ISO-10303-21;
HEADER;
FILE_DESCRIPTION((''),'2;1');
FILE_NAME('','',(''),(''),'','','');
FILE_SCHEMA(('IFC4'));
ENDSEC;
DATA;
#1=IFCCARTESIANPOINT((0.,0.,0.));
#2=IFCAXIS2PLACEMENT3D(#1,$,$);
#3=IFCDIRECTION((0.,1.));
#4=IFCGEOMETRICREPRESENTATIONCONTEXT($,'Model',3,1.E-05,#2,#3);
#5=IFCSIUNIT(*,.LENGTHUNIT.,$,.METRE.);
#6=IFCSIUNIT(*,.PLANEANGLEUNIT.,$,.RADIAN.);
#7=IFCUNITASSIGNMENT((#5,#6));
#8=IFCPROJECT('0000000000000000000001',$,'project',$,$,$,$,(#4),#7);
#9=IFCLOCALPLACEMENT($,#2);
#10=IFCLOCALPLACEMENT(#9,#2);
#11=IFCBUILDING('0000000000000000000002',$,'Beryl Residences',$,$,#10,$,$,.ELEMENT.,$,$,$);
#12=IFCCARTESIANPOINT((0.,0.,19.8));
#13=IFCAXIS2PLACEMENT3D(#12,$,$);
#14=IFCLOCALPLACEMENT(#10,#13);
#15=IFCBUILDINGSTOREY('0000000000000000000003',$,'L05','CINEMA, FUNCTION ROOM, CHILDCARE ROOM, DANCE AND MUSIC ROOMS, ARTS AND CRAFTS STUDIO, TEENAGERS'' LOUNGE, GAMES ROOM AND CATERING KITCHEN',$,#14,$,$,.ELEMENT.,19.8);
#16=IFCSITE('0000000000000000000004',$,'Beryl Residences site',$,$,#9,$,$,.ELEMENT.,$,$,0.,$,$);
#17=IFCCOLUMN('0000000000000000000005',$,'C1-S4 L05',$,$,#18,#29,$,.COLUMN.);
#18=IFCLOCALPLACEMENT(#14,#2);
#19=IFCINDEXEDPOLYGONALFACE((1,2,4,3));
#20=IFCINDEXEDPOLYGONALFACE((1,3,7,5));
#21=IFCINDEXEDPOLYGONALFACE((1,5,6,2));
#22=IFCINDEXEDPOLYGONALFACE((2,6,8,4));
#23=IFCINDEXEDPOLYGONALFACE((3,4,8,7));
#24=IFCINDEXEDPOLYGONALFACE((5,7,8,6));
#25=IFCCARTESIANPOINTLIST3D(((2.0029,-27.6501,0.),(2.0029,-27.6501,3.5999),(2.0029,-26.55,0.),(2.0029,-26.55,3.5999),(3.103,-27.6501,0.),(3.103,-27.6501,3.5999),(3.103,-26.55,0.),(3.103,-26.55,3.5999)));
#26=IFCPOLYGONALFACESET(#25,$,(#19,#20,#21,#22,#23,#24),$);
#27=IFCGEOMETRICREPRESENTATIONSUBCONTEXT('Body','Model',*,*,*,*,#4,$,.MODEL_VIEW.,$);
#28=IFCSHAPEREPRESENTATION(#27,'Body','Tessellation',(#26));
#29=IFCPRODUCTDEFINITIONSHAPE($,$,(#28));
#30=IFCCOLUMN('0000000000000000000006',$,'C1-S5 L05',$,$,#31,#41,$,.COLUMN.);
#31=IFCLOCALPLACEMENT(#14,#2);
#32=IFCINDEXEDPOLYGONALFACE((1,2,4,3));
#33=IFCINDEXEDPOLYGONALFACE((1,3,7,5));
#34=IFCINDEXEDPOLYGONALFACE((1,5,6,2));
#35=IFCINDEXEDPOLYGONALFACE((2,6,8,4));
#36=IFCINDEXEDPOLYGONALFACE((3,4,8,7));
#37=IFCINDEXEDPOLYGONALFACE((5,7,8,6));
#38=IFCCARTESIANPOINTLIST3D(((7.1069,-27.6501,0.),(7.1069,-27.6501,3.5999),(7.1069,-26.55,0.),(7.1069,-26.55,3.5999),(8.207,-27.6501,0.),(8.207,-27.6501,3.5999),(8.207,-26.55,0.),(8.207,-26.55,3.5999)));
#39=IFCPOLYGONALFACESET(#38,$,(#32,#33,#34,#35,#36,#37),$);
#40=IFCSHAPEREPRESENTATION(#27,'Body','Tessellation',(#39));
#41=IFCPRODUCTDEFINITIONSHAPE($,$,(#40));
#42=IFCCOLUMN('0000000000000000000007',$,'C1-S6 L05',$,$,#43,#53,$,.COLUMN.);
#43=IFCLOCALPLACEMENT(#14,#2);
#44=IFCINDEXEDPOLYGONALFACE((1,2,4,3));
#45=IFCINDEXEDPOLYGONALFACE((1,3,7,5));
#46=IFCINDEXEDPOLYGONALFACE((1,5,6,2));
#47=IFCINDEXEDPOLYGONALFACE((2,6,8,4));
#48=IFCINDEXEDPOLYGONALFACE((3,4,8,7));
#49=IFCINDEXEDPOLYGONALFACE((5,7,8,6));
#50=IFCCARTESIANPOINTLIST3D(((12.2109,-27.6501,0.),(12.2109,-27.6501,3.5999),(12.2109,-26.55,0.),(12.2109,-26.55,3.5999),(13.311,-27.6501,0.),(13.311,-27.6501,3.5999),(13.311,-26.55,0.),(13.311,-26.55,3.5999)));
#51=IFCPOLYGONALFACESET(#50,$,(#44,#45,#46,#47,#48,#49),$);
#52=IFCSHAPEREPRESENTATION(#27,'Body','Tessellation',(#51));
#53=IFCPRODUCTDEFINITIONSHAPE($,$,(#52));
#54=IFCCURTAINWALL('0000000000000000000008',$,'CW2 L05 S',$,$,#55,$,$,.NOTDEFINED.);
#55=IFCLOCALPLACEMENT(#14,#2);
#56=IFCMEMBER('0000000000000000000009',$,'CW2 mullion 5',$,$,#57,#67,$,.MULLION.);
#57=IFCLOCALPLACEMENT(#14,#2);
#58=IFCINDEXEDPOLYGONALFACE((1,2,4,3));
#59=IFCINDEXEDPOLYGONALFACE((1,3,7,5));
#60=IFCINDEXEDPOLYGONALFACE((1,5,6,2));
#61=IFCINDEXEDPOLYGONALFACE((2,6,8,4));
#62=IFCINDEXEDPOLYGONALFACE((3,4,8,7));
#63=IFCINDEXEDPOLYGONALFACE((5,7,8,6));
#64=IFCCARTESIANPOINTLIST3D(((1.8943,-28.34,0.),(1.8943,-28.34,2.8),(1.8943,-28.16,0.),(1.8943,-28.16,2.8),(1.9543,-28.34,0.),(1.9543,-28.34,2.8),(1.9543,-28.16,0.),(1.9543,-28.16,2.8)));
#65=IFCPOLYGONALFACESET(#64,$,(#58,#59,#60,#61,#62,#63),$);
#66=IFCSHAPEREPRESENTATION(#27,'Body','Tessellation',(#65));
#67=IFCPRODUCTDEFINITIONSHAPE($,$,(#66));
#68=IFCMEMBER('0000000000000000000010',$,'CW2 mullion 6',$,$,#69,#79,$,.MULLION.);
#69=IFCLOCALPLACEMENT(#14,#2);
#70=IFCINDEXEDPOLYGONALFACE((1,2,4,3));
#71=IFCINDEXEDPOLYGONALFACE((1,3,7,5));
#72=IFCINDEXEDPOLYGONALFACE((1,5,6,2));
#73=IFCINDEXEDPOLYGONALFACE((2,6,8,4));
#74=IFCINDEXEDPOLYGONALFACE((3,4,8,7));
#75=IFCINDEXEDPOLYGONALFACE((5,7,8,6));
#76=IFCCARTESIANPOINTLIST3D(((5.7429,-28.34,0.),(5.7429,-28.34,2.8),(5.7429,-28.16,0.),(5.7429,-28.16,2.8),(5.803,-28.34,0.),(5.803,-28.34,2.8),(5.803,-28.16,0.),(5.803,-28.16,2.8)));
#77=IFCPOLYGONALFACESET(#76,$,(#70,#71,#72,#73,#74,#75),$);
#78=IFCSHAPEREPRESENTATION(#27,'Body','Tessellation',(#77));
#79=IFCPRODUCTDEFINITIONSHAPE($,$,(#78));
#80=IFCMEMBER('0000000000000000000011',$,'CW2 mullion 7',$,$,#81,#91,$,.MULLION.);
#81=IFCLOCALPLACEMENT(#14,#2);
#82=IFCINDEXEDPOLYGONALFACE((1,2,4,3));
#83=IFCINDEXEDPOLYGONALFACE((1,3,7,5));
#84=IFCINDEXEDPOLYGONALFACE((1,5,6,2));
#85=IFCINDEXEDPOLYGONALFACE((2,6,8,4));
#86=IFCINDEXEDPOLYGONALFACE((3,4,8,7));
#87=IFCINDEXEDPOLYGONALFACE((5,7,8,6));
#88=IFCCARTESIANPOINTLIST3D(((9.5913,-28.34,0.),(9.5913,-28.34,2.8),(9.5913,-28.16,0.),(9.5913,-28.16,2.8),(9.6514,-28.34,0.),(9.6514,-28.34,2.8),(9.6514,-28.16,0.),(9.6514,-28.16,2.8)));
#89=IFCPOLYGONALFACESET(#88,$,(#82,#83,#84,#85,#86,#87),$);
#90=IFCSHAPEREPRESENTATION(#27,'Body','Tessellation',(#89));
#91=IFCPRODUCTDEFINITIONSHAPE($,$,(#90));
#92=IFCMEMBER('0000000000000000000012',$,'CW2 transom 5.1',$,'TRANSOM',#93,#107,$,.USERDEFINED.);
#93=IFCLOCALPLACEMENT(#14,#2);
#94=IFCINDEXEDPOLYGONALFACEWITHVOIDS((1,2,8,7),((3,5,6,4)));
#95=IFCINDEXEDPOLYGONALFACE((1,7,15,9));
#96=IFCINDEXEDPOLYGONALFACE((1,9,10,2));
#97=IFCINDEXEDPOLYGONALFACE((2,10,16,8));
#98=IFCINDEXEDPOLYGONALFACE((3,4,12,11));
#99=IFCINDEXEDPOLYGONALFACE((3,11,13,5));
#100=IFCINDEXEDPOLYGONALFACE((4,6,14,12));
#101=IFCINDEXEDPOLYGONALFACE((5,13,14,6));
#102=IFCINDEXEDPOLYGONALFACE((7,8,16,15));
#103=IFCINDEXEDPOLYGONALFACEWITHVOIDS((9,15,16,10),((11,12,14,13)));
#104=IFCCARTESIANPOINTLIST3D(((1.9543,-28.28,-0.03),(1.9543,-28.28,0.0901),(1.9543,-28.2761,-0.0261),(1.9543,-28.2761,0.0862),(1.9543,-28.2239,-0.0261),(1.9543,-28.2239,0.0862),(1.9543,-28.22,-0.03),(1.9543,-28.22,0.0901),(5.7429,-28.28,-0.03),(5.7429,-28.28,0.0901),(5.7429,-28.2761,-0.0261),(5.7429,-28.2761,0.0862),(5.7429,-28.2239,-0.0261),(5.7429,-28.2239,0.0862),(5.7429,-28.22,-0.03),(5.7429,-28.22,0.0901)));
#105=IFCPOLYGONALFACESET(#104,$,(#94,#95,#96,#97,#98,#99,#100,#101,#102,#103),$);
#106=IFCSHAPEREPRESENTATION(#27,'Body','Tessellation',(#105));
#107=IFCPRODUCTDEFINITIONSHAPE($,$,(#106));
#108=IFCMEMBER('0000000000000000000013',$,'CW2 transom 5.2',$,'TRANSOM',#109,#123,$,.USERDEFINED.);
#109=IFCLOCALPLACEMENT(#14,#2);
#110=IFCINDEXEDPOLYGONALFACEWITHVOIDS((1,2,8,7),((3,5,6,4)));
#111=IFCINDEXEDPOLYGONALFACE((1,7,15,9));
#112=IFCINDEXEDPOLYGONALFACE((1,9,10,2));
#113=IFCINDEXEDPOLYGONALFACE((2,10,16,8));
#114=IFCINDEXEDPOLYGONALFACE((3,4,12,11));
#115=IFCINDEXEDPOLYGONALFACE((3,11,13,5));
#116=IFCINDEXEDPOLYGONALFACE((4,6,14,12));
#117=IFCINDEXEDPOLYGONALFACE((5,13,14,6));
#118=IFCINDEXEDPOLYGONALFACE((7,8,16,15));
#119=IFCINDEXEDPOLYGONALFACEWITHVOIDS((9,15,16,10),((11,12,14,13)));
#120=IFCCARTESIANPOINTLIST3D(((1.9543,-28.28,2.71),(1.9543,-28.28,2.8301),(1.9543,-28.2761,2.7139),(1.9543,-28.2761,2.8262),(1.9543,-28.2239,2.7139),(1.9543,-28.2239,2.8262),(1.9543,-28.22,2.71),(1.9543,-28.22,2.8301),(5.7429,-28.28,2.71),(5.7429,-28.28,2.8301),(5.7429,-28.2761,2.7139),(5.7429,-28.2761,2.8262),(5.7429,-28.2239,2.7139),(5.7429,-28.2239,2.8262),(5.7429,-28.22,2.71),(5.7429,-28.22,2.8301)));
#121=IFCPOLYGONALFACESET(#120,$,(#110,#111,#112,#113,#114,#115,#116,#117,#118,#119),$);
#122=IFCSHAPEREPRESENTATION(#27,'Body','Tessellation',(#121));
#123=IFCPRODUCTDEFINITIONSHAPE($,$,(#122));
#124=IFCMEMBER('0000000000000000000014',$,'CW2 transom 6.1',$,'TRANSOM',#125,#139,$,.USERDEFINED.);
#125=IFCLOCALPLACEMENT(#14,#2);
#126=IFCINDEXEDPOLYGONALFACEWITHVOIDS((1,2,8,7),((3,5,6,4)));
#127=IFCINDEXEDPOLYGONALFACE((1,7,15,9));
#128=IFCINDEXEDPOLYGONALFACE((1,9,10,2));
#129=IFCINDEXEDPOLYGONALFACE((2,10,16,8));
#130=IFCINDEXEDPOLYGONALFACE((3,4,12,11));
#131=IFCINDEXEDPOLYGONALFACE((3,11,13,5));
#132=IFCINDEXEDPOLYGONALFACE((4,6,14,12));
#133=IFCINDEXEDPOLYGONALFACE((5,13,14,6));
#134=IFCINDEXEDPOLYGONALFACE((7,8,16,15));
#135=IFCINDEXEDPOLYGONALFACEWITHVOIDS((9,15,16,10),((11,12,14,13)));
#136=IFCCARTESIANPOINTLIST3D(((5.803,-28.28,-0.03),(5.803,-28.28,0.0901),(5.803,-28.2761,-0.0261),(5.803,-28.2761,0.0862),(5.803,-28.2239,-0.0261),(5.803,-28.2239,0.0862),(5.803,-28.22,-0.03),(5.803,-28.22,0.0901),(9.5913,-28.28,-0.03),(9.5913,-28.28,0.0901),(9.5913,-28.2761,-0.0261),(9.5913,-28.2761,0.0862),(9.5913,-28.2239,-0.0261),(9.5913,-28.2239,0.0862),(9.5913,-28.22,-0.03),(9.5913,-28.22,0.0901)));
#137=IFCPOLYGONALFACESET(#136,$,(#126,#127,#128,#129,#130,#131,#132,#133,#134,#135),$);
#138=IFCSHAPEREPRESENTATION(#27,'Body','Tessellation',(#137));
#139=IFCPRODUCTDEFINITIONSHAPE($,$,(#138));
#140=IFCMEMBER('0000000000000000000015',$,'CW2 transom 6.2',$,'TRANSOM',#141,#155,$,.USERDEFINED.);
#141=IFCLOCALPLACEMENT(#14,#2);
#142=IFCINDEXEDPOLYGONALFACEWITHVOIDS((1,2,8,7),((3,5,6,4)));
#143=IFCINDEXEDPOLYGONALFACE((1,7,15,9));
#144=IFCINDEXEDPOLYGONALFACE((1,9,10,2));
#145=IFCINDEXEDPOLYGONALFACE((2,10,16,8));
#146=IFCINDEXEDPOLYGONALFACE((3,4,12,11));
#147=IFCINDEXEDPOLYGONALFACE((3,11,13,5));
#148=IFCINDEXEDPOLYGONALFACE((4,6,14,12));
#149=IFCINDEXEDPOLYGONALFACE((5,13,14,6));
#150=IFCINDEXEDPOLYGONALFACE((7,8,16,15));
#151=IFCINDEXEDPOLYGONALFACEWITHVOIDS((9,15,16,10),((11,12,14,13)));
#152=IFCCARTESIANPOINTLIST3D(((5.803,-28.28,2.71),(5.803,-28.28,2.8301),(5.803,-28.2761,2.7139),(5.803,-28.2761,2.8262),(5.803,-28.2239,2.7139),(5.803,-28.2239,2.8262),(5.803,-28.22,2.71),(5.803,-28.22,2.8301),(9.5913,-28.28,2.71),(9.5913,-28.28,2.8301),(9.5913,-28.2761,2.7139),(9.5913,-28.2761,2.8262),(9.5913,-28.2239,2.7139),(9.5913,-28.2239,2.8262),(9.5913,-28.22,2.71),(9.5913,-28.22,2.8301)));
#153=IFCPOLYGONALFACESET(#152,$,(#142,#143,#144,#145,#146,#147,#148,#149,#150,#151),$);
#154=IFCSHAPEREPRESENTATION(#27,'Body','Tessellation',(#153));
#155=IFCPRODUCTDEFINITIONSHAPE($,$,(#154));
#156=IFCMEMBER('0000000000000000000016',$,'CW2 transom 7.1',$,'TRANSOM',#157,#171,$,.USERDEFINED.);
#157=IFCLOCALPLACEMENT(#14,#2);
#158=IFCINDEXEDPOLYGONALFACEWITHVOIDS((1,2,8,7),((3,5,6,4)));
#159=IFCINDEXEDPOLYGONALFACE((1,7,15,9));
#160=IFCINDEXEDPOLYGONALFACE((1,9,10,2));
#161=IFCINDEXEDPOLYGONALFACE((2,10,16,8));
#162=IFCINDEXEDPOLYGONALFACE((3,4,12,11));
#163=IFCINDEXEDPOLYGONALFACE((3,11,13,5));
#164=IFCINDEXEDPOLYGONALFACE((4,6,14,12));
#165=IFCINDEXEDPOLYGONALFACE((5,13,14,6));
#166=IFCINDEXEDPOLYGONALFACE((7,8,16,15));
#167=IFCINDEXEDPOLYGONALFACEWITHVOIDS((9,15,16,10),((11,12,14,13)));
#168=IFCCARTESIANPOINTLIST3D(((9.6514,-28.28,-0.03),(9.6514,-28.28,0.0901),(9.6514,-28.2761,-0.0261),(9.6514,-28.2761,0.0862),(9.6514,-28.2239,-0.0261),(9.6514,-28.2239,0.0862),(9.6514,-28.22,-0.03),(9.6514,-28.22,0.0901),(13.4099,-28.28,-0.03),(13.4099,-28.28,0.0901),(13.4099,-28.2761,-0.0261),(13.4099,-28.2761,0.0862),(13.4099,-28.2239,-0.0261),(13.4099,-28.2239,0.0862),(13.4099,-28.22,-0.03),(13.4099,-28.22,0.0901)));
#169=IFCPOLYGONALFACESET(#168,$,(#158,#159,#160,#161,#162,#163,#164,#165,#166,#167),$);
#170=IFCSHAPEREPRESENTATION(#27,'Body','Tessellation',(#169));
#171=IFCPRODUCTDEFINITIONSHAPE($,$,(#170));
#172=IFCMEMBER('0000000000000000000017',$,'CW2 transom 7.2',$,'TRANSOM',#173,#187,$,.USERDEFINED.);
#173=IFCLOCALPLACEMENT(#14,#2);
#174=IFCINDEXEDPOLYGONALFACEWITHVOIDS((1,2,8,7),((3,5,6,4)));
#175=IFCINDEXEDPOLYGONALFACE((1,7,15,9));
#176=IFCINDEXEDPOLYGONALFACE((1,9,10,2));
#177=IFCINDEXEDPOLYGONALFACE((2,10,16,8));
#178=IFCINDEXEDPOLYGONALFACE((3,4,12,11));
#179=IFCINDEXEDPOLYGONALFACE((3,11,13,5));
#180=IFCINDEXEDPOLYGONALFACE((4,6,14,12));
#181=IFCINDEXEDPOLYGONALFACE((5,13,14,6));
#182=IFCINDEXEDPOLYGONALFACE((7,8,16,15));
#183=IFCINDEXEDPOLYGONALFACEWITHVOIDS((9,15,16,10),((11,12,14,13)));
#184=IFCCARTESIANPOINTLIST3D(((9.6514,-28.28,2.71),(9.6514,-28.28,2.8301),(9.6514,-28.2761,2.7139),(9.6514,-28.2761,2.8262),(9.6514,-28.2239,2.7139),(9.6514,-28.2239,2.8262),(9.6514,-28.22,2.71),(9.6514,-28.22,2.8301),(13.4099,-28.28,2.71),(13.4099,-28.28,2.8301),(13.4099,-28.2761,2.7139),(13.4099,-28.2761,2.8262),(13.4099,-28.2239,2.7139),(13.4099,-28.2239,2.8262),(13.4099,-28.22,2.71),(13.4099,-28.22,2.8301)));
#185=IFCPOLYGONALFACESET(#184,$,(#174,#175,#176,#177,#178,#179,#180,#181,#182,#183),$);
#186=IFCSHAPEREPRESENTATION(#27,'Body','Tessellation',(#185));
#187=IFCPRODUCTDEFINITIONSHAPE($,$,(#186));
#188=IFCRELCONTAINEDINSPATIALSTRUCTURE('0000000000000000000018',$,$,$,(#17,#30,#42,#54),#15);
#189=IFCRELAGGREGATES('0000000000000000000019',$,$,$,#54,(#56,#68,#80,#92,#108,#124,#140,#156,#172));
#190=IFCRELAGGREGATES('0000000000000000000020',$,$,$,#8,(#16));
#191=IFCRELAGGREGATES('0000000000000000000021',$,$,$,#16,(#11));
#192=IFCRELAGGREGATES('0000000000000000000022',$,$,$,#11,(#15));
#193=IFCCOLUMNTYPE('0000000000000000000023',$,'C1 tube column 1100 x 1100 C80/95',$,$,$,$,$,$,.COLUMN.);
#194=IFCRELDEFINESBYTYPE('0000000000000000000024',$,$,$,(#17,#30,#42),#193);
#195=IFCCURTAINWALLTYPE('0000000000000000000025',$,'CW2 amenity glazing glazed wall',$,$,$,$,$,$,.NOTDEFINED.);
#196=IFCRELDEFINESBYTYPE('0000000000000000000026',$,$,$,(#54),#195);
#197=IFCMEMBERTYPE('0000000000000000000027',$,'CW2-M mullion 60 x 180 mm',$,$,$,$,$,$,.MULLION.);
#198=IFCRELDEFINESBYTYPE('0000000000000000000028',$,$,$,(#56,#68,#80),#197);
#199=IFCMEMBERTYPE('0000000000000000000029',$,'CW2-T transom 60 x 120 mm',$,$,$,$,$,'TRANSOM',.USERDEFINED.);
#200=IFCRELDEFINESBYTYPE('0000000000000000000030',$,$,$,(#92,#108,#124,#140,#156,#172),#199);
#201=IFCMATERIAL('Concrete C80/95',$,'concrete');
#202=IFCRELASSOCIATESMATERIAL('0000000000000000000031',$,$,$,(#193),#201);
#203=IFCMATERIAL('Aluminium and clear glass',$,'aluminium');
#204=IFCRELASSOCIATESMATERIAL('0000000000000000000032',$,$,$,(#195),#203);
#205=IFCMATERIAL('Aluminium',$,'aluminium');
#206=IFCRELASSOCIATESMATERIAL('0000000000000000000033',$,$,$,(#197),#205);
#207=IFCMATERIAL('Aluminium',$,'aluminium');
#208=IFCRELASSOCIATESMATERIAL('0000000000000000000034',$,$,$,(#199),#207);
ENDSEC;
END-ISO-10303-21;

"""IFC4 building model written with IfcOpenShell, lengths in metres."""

from ifc_helpers import new_model, si_unit, direction, frame, origin, origin_2d, place, context, subcontext, project, spatial, rectangle, hollow_rectangle, extrude, material, material_profile, profile_set, type_object, element, aggregate, save


model = new_model("IFC4")

# Units and contexts
model_context = context("Model", 3, precision=1e-05, world=origin(), true_north=direction((0.0, 1.0)))
body_context = subcontext(model_context, "Body", "Model", "MODEL_VIEW")
ifc_project = project(units=[si_unit("LENGTHUNIT", "METRE"), si_unit("PLANEANGLEUNIT", "RADIAN")], contexts=[model_context])

# Site, building, storey
site_placement = place(None, origin())
site = spatial("IfcSite", under=ifc_project, at=site_placement, Name="Beryl Residences site", CompositionType="ELEMENT", RefElevation=0.0)
building_placement = place(site_placement, origin())
building = spatial("IfcBuilding", under=site, at=building_placement, Name="Beryl Residences", CompositionType="ELEMENT")
storey_placement = place(building_placement, frame((0.0, 0.0, 19.8)))
storey = spatial("IfcBuildingStorey", under=building, at=storey_placement, Name="L05", Description="CINEMA, FUNCTION ROOM, CHILDCARE ROOM, DANCE AND MUSIC ROOMS, ARTS AND CRAFTS STUDIO, TEENAGERS' LOUNGE, GAMES ROOM AND CATERING KITCHEN", CompositionType="ELEMENT", Elevation=19.8)

# Columns
ifc_material_1 = material(Name="Concrete C80/95", Category="concrete")
ifc_material_profile_1 = material_profile(ifc_material_1, rectangle(XDim=1.1001, YDim=1.1001, at=origin_2d()))
ifc_profile_set_1 = profile_set([ifc_material_profile_1], Name="Concrete C80/95")
column_type = type_object("IfcColumnType", Name="C1 tube column 1100 x 1100 C80/95", PredefinedType="COLUMN", material=ifc_profile_set_1)
for number, where, z_axis, x_axis, name in (
    (1, (2.553, -27.1001, 0.0), (0.0, 0.0, 1.0), (1.0, 0.0, 0.0), "C1-S4 L05"),
    (2, (7.657, -27.1001, 0.0), (0.0, 0.0, 1.0), (1.0, 0.0, 0.0), "C1-S5 L05"),
    (3, (12.761, -27.1001, 0.0), (0.0, 0.0, 1.0), (1.0, 0.0, 0.0), "C1-S6 L05"),
):
    element("IfcColumn", number, at=place(storey_placement, frame(where, z_axis=z_axis, x_axis=x_axis)), inside=storey, type_object=column_type, Name=name, PredefinedType="COLUMN", context=body_context, shape_type="SweptSolid", body=[
        extrude(rectangle(XDim=1.1001, YDim=1.1001, at=origin_2d()), origin(), (0.0, 0.0, 1.0), 3.5999),
    ])

# Curtain wall, members
ifc_material_2 = material(Name="Aluminium and clear glass", Category="aluminium")
curtain_wall_type = type_object("IfcCurtainWallType", Name="CW2 amenity glazing glazed wall", PredefinedType="NOTDEFINED", material=ifc_material_2)
curtain_wall_placement = place(storey_placement, origin())
curtain_wall = element("IfcCurtainWall", 4, at=curtain_wall_placement, inside=storey, type_object=curtain_wall_type, Name="CW2 L05 S", PredefinedType="NOTDEFINED")
ifc_material_3 = material(Name="Aluminium", Category="aluminium")
ifc_material_profile_2 = material_profile(ifc_material_3, rectangle(XDim=0.0601, YDim=0.1799, at=origin_2d()))
ifc_profile_set_2 = profile_set([ifc_material_profile_2], Name="Aluminium")
member_type_1 = type_object("IfcMemberType", Name="CW2-M mullion 60 x 180 mm", PredefinedType="MULLION", material=ifc_profile_set_2)
member_1_placement = place(storey_placement, frame((1.9243, -28.25, 0.0), z_axis=(0.0, 0.0, 1.0), x_axis=(1.0, 0.0, 0.0)))
member_1 = element("IfcMember", 5, at=member_1_placement, type_object=member_type_1, Name="CW2 mullion 5", PredefinedType="MULLION", context=body_context, shape_type="SweptSolid", body=[
    extrude(rectangle(XDim=0.0601, YDim=0.1799, at=origin_2d()), origin(), (0.0, 0.0, 1.0), 2.8),
])
member_2_placement = place(storey_placement, frame((5.7729, -28.25, 0.0), z_axis=(0.0, 0.0, 1.0), x_axis=(1.0, 0.0, 0.0)))
member_2 = element("IfcMember", 6, at=member_2_placement, type_object=member_type_1, Name="CW2 mullion 6", PredefinedType="MULLION", context=body_context, shape_type="SweptSolid", body=[
    extrude(rectangle(XDim=0.0601, YDim=0.1799, at=origin_2d()), origin(), (0.0, 0.0, 1.0), 2.8),
])
member_3_placement = place(storey_placement, frame((9.6213, -28.25, 0.0), z_axis=(0.0, 0.0, 1.0), x_axis=(1.0, 0.0, 0.0)))
member_3 = element("IfcMember", 7, at=member_3_placement, type_object=member_type_1, Name="CW2 mullion 7", PredefinedType="MULLION", context=body_context, shape_type="SweptSolid", body=[
    extrude(rectangle(XDim=0.0601, YDim=0.1799, at=origin_2d()), origin(), (0.0, 0.0, 1.0), 2.8),
])
ifc_material_4 = material(Name="Aluminium", Category="aluminium")
ifc_material_profile_3 = material_profile(ifc_material_4, hollow_rectangle(XDim=0.0601, YDim=0.1201, WallThickness=0.0039, at=origin_2d()))
ifc_profile_set_3 = profile_set([ifc_material_profile_3], Name="Aluminium")
member_type_2 = type_object("IfcMemberType", Name="CW2-T transom 60 x 120 mm", ElementType="TRANSOM", PredefinedType="USERDEFINED", material=ifc_profile_set_3)
member_4_placement = place(storey_placement, frame((1.9543, -28.25, 0.03), z_axis=(1.0, 0.0, 0.0), x_axis=(0.0, 1.0, 0.0)))
member_4 = element("IfcMember", 8, at=member_4_placement, type_object=member_type_2, Name="CW2 transom 5.1", ObjectType="TRANSOM", PredefinedType="USERDEFINED", context=body_context, shape_type="SweptSolid", body=[
    extrude(hollow_rectangle(XDim=0.0601, YDim=0.1201, WallThickness=0.0039, at=origin_2d()), origin(), (0.0, 0.0, 1.0), 3.7886),
])
member_5_placement = place(storey_placement, frame((1.9543, -28.25, 2.77), z_axis=(1.0, 0.0, 0.0), x_axis=(0.0, 1.0, 0.0)))
member_5 = element("IfcMember", 9, at=member_5_placement, type_object=member_type_2, Name="CW2 transom 5.2", ObjectType="TRANSOM", PredefinedType="USERDEFINED", context=body_context, shape_type="SweptSolid", body=[
    extrude(hollow_rectangle(XDim=0.0601, YDim=0.1201, WallThickness=0.0039, at=origin_2d()), origin(), (0.0, 0.0, 1.0), 3.7886),
])
member_6_placement = place(storey_placement, frame((5.803, -28.25, 0.03), z_axis=(1.0, 0.0, 0.0), x_axis=(0.0, 1.0, 0.0)))
member_6 = element("IfcMember", 10, at=member_6_placement, type_object=member_type_2, Name="CW2 transom 6.1", ObjectType="TRANSOM", PredefinedType="USERDEFINED", context=body_context, shape_type="SweptSolid", body=[
    extrude(hollow_rectangle(XDim=0.0601, YDim=0.1201, WallThickness=0.0039, at=origin_2d()), origin(), (0.0, 0.0, 1.0), 3.7883),
])
member_7_placement = place(storey_placement, frame((5.803, -28.25, 2.77), z_axis=(1.0, 0.0, 0.0), x_axis=(0.0, 1.0, 0.0)))
member_7 = element("IfcMember", 11, at=member_7_placement, type_object=member_type_2, Name="CW2 transom 6.2", ObjectType="TRANSOM", PredefinedType="USERDEFINED", context=body_context, shape_type="SweptSolid", body=[
    extrude(hollow_rectangle(XDim=0.0601, YDim=0.1201, WallThickness=0.0039, at=origin_2d()), origin(), (0.0, 0.0, 1.0), 3.7883),
])
member_8_placement = place(storey_placement, frame((9.6514, -28.25, 0.03), z_axis=(1.0, 0.0, 0.0), x_axis=(0.0, 1.0, 0.0)))
member_8 = element("IfcMember", 12, at=member_8_placement, type_object=member_type_2, Name="CW2 transom 7.1", ObjectType="TRANSOM", PredefinedType="USERDEFINED", context=body_context, shape_type="SweptSolid", body=[
    extrude(hollow_rectangle(XDim=0.0601, YDim=0.1201, WallThickness=0.0039, at=origin_2d()), origin(), (0.0, 0.0, 1.0), 3.7585),
])
member_9_placement = place(storey_placement, frame((9.6514, -28.25, 2.77), z_axis=(1.0, 0.0, 0.0), x_axis=(0.0, 1.0, 0.0)))
member_9 = element("IfcMember", 13, at=member_9_placement, type_object=member_type_2, Name="CW2 transom 7.2", ObjectType="TRANSOM", PredefinedType="USERDEFINED", context=body_context, shape_type="SweptSolid", body=[
    extrude(hollow_rectangle(XDim=0.0601, YDim=0.1201, WallThickness=0.0039, at=origin_2d()), origin(), (0.0, 0.0, 1.0), 3.7585),
])

aggregate(curtain_wall, [member_1, member_2, member_3, member_4, member_5, member_6, member_7, member_8, member_9])

save(model, "model.ifc")
